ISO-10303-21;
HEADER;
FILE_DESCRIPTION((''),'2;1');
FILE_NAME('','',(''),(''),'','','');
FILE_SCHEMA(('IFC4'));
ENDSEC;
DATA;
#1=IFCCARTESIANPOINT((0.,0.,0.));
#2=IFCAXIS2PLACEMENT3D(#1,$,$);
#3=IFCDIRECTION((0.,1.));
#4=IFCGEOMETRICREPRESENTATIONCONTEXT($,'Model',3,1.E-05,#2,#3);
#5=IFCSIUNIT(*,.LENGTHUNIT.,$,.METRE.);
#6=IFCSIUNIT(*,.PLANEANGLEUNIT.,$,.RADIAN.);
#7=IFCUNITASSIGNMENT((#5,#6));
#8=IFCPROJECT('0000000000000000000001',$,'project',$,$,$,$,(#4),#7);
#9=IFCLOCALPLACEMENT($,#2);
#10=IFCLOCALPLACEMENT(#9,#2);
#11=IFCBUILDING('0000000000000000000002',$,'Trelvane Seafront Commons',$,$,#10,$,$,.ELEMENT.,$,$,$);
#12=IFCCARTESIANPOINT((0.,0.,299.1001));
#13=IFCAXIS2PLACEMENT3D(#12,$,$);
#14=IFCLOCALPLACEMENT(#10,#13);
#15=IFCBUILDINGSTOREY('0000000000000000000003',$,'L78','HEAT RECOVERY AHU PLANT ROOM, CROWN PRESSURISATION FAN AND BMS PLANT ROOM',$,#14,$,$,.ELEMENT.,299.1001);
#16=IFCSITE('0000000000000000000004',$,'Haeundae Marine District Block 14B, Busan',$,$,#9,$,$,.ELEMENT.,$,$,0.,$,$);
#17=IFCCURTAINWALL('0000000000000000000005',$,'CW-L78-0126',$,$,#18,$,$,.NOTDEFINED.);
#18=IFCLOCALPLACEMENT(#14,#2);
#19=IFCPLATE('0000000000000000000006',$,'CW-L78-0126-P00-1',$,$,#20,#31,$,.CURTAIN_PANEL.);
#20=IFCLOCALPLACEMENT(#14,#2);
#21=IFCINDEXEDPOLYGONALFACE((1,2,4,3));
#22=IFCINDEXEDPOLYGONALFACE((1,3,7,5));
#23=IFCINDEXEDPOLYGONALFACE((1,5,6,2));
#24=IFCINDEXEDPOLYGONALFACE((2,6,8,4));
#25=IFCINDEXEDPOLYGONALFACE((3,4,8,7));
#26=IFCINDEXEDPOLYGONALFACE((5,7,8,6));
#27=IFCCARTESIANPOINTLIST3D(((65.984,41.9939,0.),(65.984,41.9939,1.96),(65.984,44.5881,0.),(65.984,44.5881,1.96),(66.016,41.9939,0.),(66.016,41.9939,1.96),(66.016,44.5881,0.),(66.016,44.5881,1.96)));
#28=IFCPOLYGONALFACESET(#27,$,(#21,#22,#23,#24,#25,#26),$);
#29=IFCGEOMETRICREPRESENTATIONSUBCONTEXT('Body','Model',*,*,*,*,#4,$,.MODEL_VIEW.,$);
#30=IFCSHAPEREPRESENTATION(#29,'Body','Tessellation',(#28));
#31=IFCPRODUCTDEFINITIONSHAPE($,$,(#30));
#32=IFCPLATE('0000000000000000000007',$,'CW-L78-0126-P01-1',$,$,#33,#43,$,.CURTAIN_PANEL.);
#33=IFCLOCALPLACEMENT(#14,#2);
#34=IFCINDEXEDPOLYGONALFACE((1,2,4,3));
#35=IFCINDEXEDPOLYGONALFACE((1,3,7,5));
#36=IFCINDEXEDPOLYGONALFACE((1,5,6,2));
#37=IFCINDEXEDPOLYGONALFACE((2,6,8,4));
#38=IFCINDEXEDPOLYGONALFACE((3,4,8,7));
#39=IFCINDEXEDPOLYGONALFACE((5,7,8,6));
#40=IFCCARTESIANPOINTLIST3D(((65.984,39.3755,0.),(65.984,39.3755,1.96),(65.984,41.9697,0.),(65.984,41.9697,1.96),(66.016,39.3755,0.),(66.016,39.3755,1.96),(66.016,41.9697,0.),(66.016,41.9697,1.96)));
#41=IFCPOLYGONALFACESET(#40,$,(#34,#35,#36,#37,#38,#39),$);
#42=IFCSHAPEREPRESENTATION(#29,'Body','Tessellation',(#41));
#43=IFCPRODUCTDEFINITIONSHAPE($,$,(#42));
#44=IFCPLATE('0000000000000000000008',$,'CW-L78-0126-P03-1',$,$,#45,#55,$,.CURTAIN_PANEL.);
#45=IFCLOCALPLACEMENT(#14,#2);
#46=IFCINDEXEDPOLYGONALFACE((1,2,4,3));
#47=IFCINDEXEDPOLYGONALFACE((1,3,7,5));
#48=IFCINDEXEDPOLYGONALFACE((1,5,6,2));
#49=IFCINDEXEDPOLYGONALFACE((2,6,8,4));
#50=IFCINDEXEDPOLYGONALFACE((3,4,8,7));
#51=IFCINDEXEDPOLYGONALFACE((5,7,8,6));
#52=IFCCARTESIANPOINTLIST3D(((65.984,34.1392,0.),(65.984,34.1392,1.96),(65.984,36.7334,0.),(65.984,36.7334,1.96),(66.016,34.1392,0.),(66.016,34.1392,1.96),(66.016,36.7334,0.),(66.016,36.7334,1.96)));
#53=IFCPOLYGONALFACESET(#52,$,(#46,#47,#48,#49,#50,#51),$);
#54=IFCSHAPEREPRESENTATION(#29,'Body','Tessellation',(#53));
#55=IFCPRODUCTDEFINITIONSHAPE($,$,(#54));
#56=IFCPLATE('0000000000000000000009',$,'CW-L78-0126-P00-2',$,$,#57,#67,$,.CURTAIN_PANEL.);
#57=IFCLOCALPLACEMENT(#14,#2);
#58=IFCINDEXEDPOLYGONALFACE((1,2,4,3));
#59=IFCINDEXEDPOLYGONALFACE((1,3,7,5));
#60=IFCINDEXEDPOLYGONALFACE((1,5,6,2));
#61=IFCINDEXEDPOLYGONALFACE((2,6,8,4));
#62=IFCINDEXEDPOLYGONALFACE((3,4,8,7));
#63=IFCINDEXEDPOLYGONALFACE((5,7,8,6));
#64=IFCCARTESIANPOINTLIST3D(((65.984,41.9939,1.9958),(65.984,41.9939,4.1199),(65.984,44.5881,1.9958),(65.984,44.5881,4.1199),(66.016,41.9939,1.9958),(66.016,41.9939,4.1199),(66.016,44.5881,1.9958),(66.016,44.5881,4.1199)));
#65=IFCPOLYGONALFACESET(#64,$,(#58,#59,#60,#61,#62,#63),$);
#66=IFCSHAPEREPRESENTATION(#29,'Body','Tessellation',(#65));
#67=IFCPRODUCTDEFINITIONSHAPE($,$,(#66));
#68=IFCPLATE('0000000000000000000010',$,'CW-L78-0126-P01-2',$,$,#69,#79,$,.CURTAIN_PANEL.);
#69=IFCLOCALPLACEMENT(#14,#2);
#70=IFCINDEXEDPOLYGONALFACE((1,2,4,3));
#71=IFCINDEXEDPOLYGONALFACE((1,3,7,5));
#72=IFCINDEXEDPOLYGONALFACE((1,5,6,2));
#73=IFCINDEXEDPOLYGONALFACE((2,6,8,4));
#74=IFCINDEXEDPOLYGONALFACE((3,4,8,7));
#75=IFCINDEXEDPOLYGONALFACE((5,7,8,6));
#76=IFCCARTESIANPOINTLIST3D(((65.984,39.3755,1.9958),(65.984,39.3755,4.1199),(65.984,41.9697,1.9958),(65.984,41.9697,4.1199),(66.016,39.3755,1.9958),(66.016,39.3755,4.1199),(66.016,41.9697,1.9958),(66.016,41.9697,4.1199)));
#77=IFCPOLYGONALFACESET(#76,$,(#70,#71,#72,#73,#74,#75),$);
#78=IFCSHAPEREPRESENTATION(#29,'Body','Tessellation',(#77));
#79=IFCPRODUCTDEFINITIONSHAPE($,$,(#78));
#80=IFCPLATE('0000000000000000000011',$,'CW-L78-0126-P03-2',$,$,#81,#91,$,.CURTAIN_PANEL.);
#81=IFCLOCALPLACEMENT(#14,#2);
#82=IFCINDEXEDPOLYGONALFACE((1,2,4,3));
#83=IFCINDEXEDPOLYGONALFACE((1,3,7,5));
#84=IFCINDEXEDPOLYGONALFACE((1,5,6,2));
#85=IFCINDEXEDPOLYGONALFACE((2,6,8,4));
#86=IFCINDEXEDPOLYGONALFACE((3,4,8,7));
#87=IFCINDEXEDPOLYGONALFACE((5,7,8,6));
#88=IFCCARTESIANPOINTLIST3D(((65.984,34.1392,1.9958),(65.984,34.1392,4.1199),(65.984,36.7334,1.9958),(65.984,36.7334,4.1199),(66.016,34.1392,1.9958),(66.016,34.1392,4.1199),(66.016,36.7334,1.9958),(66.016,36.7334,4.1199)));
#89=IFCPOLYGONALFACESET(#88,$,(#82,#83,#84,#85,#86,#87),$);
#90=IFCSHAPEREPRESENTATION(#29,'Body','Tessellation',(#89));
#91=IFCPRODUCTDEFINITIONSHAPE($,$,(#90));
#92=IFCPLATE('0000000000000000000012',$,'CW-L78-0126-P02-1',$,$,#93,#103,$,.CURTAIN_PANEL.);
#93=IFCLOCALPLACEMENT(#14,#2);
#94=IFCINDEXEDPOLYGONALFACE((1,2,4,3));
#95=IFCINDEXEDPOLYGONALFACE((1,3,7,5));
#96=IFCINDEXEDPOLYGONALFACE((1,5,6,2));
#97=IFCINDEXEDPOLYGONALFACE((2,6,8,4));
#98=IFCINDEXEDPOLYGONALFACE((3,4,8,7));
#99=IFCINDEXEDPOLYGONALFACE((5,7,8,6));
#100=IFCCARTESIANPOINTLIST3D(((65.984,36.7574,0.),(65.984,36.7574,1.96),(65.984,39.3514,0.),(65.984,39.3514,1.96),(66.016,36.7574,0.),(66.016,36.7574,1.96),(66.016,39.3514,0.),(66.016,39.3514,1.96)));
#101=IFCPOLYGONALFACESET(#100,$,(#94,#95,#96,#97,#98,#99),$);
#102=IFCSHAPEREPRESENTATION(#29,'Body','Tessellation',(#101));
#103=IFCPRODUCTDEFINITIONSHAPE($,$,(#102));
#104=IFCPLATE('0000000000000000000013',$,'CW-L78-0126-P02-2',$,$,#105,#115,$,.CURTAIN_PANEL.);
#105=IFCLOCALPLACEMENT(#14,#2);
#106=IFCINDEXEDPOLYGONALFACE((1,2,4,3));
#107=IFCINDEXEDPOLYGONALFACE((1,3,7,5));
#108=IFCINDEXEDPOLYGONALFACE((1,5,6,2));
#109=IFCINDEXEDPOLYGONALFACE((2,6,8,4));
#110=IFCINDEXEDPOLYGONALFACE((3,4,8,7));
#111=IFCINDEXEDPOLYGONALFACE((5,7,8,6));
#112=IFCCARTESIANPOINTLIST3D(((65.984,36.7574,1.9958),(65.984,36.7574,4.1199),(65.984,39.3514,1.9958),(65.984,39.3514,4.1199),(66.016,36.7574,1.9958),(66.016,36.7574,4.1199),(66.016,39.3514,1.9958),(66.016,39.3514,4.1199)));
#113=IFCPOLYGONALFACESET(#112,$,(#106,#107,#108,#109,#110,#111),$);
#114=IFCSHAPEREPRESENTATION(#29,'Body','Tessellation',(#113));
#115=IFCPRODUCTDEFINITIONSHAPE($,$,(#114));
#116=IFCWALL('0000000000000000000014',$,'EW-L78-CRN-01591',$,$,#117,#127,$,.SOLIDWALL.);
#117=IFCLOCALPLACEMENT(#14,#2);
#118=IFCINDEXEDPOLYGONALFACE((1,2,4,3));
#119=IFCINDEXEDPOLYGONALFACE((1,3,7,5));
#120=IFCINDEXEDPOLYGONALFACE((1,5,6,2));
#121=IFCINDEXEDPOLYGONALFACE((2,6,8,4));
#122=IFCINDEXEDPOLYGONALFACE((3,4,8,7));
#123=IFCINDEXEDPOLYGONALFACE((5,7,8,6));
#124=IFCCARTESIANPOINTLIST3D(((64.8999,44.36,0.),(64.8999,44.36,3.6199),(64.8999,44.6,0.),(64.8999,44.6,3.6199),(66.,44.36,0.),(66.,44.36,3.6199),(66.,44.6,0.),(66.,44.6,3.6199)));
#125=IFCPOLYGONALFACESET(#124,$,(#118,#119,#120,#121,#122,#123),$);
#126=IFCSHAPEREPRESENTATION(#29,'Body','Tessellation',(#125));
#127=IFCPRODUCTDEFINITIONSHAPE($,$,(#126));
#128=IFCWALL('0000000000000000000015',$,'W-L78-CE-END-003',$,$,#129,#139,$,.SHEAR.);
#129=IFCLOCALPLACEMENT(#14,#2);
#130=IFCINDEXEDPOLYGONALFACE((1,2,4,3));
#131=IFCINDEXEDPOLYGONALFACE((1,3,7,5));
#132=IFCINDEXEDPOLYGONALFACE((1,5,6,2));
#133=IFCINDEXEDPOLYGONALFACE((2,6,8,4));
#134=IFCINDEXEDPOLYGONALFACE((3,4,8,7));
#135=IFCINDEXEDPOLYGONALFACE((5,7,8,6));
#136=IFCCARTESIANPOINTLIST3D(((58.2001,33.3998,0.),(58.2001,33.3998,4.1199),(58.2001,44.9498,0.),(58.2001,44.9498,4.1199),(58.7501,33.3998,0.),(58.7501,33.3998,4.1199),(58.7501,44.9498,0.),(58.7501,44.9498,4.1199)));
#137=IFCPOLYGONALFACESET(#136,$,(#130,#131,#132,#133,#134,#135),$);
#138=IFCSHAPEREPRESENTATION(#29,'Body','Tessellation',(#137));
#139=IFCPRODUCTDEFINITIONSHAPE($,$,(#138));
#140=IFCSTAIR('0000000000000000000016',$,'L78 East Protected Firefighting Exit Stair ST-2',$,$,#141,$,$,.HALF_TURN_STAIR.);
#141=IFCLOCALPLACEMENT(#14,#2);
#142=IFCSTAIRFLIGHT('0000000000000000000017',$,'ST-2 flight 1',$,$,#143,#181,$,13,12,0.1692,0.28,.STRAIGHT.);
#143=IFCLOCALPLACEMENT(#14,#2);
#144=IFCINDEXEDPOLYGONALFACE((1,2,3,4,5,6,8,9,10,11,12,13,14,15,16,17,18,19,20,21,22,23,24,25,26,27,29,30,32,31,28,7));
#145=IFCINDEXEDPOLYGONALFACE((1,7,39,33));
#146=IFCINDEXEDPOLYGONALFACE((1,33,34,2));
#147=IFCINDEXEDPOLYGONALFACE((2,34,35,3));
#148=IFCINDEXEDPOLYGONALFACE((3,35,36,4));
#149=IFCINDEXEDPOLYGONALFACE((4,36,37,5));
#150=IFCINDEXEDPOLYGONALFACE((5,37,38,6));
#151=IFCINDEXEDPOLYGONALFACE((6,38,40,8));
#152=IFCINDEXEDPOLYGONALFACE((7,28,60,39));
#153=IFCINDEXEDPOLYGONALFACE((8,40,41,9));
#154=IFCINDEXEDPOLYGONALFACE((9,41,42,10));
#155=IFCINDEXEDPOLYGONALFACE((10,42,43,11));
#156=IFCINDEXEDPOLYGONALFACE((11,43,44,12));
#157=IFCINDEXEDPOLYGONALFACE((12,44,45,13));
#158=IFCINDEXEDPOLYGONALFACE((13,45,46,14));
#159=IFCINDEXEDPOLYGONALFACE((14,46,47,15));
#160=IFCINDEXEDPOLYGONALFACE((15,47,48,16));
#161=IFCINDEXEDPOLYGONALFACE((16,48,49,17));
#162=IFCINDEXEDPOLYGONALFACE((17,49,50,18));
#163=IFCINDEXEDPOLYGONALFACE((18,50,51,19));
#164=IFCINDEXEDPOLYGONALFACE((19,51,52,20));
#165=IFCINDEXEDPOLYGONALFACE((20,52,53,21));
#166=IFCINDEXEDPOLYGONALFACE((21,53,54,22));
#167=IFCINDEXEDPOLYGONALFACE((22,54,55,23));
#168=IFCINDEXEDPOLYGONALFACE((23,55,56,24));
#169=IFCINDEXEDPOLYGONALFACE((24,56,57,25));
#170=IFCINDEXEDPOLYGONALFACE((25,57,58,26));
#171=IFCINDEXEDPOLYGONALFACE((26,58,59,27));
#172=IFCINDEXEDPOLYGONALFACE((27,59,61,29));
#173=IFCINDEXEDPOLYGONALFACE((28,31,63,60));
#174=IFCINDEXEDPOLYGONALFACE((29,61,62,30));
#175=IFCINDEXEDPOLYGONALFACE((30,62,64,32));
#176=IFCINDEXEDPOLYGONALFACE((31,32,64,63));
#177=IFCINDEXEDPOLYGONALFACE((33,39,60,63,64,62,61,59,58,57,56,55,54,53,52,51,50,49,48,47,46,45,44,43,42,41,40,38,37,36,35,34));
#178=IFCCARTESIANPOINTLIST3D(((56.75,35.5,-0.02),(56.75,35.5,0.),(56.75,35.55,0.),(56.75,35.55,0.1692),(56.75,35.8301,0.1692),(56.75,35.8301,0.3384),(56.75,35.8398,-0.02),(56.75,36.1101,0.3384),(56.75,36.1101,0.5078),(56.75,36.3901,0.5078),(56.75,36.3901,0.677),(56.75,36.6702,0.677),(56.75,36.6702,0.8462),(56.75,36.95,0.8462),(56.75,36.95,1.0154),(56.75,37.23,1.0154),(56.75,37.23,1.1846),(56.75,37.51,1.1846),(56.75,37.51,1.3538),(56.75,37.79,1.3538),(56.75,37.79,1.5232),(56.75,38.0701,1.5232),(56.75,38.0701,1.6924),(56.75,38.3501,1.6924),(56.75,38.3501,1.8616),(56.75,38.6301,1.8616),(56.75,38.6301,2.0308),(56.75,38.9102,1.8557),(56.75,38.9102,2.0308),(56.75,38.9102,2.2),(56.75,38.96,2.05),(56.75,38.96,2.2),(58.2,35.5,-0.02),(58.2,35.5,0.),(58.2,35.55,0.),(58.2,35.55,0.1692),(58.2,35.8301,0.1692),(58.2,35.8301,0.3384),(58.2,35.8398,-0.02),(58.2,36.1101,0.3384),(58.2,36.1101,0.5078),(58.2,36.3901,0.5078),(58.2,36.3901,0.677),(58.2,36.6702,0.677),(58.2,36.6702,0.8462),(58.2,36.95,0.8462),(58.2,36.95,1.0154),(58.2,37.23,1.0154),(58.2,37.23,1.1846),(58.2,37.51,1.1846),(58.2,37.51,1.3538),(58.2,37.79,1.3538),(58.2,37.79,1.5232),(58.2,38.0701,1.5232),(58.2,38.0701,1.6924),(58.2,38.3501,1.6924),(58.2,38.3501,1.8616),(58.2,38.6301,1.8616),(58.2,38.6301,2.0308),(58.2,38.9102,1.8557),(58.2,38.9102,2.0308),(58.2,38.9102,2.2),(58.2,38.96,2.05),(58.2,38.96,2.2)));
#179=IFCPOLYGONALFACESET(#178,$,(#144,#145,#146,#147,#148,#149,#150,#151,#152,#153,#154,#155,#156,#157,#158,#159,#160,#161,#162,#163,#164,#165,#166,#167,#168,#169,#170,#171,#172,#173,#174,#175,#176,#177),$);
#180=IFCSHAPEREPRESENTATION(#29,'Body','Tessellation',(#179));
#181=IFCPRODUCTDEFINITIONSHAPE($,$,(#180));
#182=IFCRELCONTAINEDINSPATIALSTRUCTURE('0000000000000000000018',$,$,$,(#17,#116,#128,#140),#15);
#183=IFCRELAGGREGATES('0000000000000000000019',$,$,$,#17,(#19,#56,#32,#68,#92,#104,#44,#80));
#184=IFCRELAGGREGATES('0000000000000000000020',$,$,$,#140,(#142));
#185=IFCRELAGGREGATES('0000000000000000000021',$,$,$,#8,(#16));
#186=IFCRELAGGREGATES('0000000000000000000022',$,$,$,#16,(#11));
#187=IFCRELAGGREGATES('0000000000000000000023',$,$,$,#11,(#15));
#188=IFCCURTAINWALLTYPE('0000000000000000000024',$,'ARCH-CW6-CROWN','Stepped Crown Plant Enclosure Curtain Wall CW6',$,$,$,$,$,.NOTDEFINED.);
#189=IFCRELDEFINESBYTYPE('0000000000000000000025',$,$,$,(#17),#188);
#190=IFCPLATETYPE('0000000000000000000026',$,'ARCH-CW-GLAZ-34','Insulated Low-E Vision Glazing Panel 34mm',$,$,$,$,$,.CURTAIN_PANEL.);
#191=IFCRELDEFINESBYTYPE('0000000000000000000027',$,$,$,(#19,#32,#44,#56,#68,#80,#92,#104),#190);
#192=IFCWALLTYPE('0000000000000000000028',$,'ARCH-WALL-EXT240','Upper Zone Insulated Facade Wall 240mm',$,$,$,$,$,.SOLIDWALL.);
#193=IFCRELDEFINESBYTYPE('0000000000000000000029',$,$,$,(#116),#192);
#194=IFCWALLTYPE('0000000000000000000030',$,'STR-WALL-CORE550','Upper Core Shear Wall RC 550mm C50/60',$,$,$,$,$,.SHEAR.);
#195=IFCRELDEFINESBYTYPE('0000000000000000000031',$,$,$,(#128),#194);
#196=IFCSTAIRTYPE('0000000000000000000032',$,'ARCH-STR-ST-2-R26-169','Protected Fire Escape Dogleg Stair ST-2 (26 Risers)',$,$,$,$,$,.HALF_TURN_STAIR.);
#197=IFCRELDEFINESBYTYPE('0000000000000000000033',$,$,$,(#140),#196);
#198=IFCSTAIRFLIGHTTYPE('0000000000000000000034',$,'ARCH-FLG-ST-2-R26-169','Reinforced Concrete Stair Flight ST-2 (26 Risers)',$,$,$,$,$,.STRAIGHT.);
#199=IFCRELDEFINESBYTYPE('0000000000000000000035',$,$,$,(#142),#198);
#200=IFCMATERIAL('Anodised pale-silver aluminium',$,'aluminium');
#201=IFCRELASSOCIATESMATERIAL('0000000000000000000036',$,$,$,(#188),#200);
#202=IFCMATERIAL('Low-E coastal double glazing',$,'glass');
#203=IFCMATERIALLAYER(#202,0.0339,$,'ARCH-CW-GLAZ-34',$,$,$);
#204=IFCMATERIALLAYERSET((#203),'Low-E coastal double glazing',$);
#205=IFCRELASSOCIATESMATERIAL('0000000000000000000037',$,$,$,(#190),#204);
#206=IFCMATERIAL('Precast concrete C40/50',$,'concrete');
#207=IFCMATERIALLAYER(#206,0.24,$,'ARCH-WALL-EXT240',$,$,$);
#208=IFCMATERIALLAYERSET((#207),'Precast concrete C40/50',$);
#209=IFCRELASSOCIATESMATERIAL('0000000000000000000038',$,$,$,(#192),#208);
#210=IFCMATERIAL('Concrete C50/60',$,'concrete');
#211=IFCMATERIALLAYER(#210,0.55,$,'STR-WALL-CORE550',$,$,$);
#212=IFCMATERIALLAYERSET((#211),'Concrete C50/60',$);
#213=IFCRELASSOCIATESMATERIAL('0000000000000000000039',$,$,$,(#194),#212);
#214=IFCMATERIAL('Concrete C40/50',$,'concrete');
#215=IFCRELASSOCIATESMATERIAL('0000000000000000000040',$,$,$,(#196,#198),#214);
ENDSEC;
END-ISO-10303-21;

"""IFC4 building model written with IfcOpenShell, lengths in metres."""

from ifc_helpers import new_model, si_unit, direction, frame, frame_2d, origin, origin_2d, place, context, subcontext, project, spatial, polyline, rectangle, outline, extrude, source, transform, mapped, material, layer, layer_set, type_object, element, aggregate, save


model = new_model("IFC4")

# Units and contexts
model_context = context("Model", 3, precision=1e-05, world=origin(), true_north=direction((0.0, 1.0)))
body_context = subcontext(model_context, "Body", "Model", "MODEL_VIEW")
ifc_project = project(units=[si_unit("LENGTHUNIT", "METRE"), si_unit("PLANEANGLEUNIT", "RADIAN")], contexts=[model_context])

# Site, building, storey
site_placement = place(None, origin())
site = spatial("IfcSite", under=ifc_project, at=site_placement, Name="Haeundae Marine District Block 14B, Busan", CompositionType="ELEMENT", RefElevation=0.0)
building_placement = place(site_placement, origin())
building = spatial("IfcBuilding", under=site, at=building_placement, Name="Trelvane Seafront Commons", CompositionType="ELEMENT")
storey_placement = place(building_placement, frame((0.0, 0.0, 299.1001)))
storey = spatial("IfcBuildingStorey", under=building, at=storey_placement, Name="L78", Description="HEAT RECOVERY AHU PLANT ROOM, CROWN PRESSURISATION FAN AND BMS PLANT ROOM", CompositionType="ELEMENT", Elevation=299.1001)

# Curtain wall
ifc_material_1 = material(Name="Anodised pale-silver aluminium", Category="aluminium")
curtain_wall_type = type_object("IfcCurtainWallType", Name="ARCH-CW6-CROWN", Description="Stepped Crown Plant Enclosure Curtain Wall CW6", PredefinedType="NOTDEFINED", material=ifc_material_1)
curtain_wall_placement = place(storey_placement, origin())
curtain_wall = element("IfcCurtainWall", 1, at=curtain_wall_placement, inside=storey, type_object=curtain_wall_type, Name="CW-L78-0126", PredefinedType="NOTDEFINED")

# Plates
ifc_material_2 = material(Name="Low-E coastal double glazing", Category="glass")
ifc_layer_1 = layer(ifc_material_2, 0.0339, Name="ARCH-CW-GLAZ-34")
ifc_layer_set_1 = layer_set([ifc_layer_1], Name="Low-E coastal double glazing")
plate_type_1 = type_object("IfcPlateType", Name="ARCH-CW-GLAZ-34", Description="Insulated Low-E Vision Glazing Panel 34mm", PredefinedType="CURTAIN_PANEL", material=ifc_layer_set_1)
shared_shape_1 = source(origin(), body_context, "Body", "SweptSolid", [
    extrude(rectangle(XDim=2.5942, YDim=0.032, at=origin_2d()), origin(), (0.0, 0.0, 1.0), 1.96),
])
plate_1_placement = place(storey_placement, frame((66.0, 43.291, 0.0), z_axis=(0.0, 0.0, 1.0), x_axis=(0.0, -1.0, 0.0)))
plate_1 = element("IfcPlate", 2, at=plate_1_placement, type_object=plate_type_1, Name="CW-L78-0126-P00-1", PredefinedType="CURTAIN_PANEL", context=body_context, shape_type="MappedRepresentation", body=[
    mapped(shared_shape_1, transform((0.0, 0.0, 0.0), x_axis=(1.0, 0.0, 0.0), y_axis=(0.0, 1.0, 0.0), z_axis=(0.0, 0.0, 1.0), scale=1.0)),
])
plate_2_placement = place(storey_placement, frame((66.0, 40.6726, 0.0), z_axis=(0.0, 0.0, 1.0), x_axis=(0.0, -1.0, 0.0)))
plate_2 = element("IfcPlate", 3, at=plate_2_placement, type_object=plate_type_1, Name="CW-L78-0126-P01-1", PredefinedType="CURTAIN_PANEL", context=body_context, shape_type="MappedRepresentation", body=[
    mapped(shared_shape_1, transform((0.0, 0.0, 0.0), x_axis=(1.0, 0.0, 0.0), y_axis=(0.0, 1.0, 0.0), z_axis=(0.0, 0.0, 1.0), scale=1.0)),
])
plate_3_placement = place(storey_placement, frame((66.0, 35.4363, 0.0), z_axis=(0.0, 0.0, 1.0), x_axis=(0.0, -1.0, 0.0)))
plate_3 = element("IfcPlate", 4, at=plate_3_placement, type_object=plate_type_1, Name="CW-L78-0126-P03-1", PredefinedType="CURTAIN_PANEL", context=body_context, shape_type="MappedRepresentation", body=[
    mapped(shared_shape_1, transform((0.0, 0.0, 0.0), x_axis=(1.0, 0.0, 0.0), y_axis=(0.0, 1.0, 0.0), z_axis=(0.0, 0.0, 1.0), scale=1.0)),
])
shared_shape_2 = source(origin(), body_context, "Body", "SweptSolid", [
    extrude(rectangle(XDim=2.5942, YDim=0.032, at=origin_2d()), origin(), (0.0, 0.0, 1.0), 2.124),
])
plate_4_placement = place(storey_placement, frame((66.0, 43.291, 1.9958), z_axis=(0.0, 0.0, 1.0), x_axis=(0.0, -1.0, 0.0)))
plate_4 = element("IfcPlate", 5, at=plate_4_placement, type_object=plate_type_1, Name="CW-L78-0126-P00-2", PredefinedType="CURTAIN_PANEL", context=body_context, shape_type="MappedRepresentation", body=[
    mapped(shared_shape_2, transform((0.0, 0.0, 0.0), x_axis=(1.0, 0.0, 0.0), y_axis=(0.0, 1.0, 0.0), z_axis=(0.0, 0.0, 1.0), scale=1.0)),
])
plate_5_placement = place(storey_placement, frame((66.0, 40.6726, 1.9958), z_axis=(0.0, 0.0, 1.0), x_axis=(0.0, -1.0, 0.0)))
plate_5 = element("IfcPlate", 6, at=plate_5_placement, type_object=plate_type_1, Name="CW-L78-0126-P01-2", PredefinedType="CURTAIN_PANEL", context=body_context, shape_type="MappedRepresentation", body=[
    mapped(shared_shape_2, transform((0.0, 0.0, 0.0), x_axis=(1.0, 0.0, 0.0), y_axis=(0.0, 1.0, 0.0), z_axis=(0.0, 0.0, 1.0), scale=1.0)),
])
plate_6_placement = place(storey_placement, frame((66.0, 35.4363, 1.9958), z_axis=(0.0, 0.0, 1.0), x_axis=(0.0, -1.0, 0.0)))
plate_6 = element("IfcPlate", 7, at=plate_6_placement, type_object=plate_type_1, Name="CW-L78-0126-P03-2", PredefinedType="CURTAIN_PANEL", context=body_context, shape_type="MappedRepresentation", body=[
    mapped(shared_shape_2, transform((0.0, 0.0, 0.0), x_axis=(1.0, 0.0, 0.0), y_axis=(0.0, 1.0, 0.0), z_axis=(0.0, 0.0, 1.0), scale=1.0)),
])
shared_shape_3 = source(origin(), body_context, "Body", "SweptSolid", [
    extrude(rectangle(XDim=2.594, YDim=0.032, at=origin_2d()), origin(), (0.0, 0.0, 1.0), 1.96),
])
plate_7_placement = place(storey_placement, frame((66.0, 38.0544, 0.0), z_axis=(0.0, 0.0, 1.0), x_axis=(0.0, -1.0, 0.0)))
plate_7 = element("IfcPlate", 8, at=plate_7_placement, type_object=plate_type_1, Name="CW-L78-0126-P02-1", PredefinedType="CURTAIN_PANEL", context=body_context, shape_type="MappedRepresentation", body=[
    mapped(shared_shape_3, transform((0.0, 0.0, 0.0), x_axis=(1.0, 0.0, 0.0), y_axis=(0.0, 1.0, 0.0), z_axis=(0.0, 0.0, 1.0), scale=1.0)),
])
shared_shape_4 = source(origin(), body_context, "Body", "SweptSolid", [
    extrude(rectangle(XDim=2.594, YDim=0.032, at=origin_2d()), origin(), (0.0, 0.0, 1.0), 2.124),
])
plate_8_placement = place(storey_placement, frame((66.0, 38.0544, 1.9958), z_axis=(0.0, 0.0, 1.0), x_axis=(0.0, -1.0, 0.0)))
plate_8 = element("IfcPlate", 9, at=plate_8_placement, type_object=plate_type_1, Name="CW-L78-0126-P02-2", PredefinedType="CURTAIN_PANEL", context=body_context, shape_type="MappedRepresentation", body=[
    mapped(shared_shape_4, transform((0.0, 0.0, 0.0), x_axis=(1.0, 0.0, 0.0), y_axis=(0.0, 1.0, 0.0), z_axis=(0.0, 0.0, 1.0), scale=1.0)),
])
aggregate(curtain_wall, [plate_1, plate_4, plate_2, plate_5, plate_7, plate_8, plate_3, plate_6])

# Walls
ifc_material_3 = material(Name="Precast concrete C40/50", Category="concrete")
ifc_layer_2 = layer(ifc_material_3, 0.24, Name="ARCH-WALL-EXT240")
ifc_layer_set_2 = layer_set([ifc_layer_2], Name="Precast concrete C40/50")
wall_type_1 = type_object("IfcWallType", Name="ARCH-WALL-EXT240", Description="Upper Zone Insulated Facade Wall 240mm", PredefinedType="SOLIDWALL", material=ifc_layer_set_2)
wall_1_placement = place(storey_placement, frame((64.8999, 44.48, 0.0), z_axis=(0.0, 0.0, 1.0), x_axis=(1.0, 0.0, 0.0)))
element("IfcWall", 10, at=wall_1_placement, inside=storey, type_object=wall_type_1, Name="EW-L78-CRN-01591", PredefinedType="SOLIDWALL", context=body_context, shape_type="SweptSolid", body=[
    extrude(rectangle(XDim=1.1001, YDim=0.24, at=frame_2d((0.55, 0.0))), origin(), (0.0, 0.0, 1.0), 3.6199),
])
ifc_material_4 = material(Name="Concrete C50/60", Category="concrete")
ifc_layer_3 = layer(ifc_material_4, 0.55, Name="STR-WALL-CORE550")
ifc_layer_set_3 = layer_set([ifc_layer_3], Name="Concrete C50/60")
wall_type_2 = type_object("IfcWallType", Name="STR-WALL-CORE550", Description="Upper Core Shear Wall RC 550mm C50/60", PredefinedType="SHEAR", material=ifc_layer_set_3)
wall_2_placement = place(storey_placement, frame((58.4751, 33.3999, 0.0), z_axis=(0.0, 0.0, 1.0), x_axis=(0.0, 1.0, 0.0)))
element("IfcWall", 11, at=wall_2_placement, inside=storey, type_object=wall_type_2, Name="W-L78-CE-END-003", PredefinedType="SHEAR", context=body_context, shape_type="SweptSolid", body=[
    extrude(rectangle(XDim=11.55, YDim=0.55, at=frame_2d((5.7749, 0.0))), origin(), (0.0, 0.0, 1.0), 4.1199),
])

# Stair, stair flight
ifc_material_5 = material(Name="Concrete C40/50", Category="concrete")
stair_type = type_object("IfcStairType", Name="ARCH-STR-ST-2-R26-169", Description="Protected Fire Escape Dogleg Stair ST-2 (26 Risers)", PredefinedType="HALF_TURN_STAIR", material=ifc_material_5)
stair_placement = place(storey_placement, origin())
stair = element("IfcStair", 12, at=stair_placement, inside=storey, type_object=stair_type, Name="L78 East Protected Firefighting Exit Stair ST-2", PredefinedType="HALF_TURN_STAIR")
stair_flight_type = type_object("IfcStairFlightType", Name="ARCH-FLG-ST-2-R26-169", Description="Reinforced Concrete Stair Flight ST-2 (26 Risers)", PredefinedType="STRAIGHT", material=ifc_material_5)
shared_shape_5 = source(origin(), body_context, "Body", "SweptSolid", [
    extrude(outline(polyline([(-0.05, -0.02), (-0.05, 0.0), (0.0, 0.0), (0.0, 0.1692), (0.28, 0.1692), (0.28, 0.3384), (0.5601, 0.3384), (0.5601, 0.5078), (0.8401, 0.5078), (0.8401, 0.677), (1.1201, 0.677), (1.1201, 0.8462), (1.3999, 0.8462), (1.3999, 1.0154), (1.6799, 1.0154), (1.6799, 1.1846), (1.96, 1.1846), (1.96, 1.3538), (2.24, 1.3538), (2.24, 1.5232), (2.52, 1.5232), (2.52, 1.6924), (2.8, 1.6924), (2.8, 1.8616), (3.0801, 1.8616), (3.0801, 2.0308), (3.3601, 2.0308), (3.3601, 2.2), (3.4099, 2.2), (3.4099, 2.05), (3.3601, 1.8557), (0.2898, -0.02), (-0.05, -0.02)])), frame((0.0, 0.7251, 0.0), z_axis=(0.0, -1.0, 0.0), x_axis=(1.0, 0.0, 0.0)), (0.0, 0.0, 1.0), 1.45),
])
stair_flight_placement = place(storey_placement, frame((57.4751, 35.55, 0.0), z_axis=(0.0, 0.0, 1.0), x_axis=(0.0, 1.0, 0.0)))
stair_flight = element("IfcStairFlight", 13, at=stair_flight_placement, type_object=stair_flight_type, Name="ST-2 flight 1", NumberOfRisers=13, NumberOfTreads=12, PredefinedType="STRAIGHT", RiserHeight=0.1692, TreadLength=0.28, context=body_context, shape_type="MappedRepresentation", body=[
    mapped(shared_shape_5, transform((0.0, 0.0, 0.0), x_axis=(1.0, 0.0, 0.0), y_axis=(0.0, 1.0, 0.0), z_axis=(0.0, 0.0, 1.0), scale=1.0)),
])
aggregate(stair, [stair_flight])

save(model, "model.ifc")
